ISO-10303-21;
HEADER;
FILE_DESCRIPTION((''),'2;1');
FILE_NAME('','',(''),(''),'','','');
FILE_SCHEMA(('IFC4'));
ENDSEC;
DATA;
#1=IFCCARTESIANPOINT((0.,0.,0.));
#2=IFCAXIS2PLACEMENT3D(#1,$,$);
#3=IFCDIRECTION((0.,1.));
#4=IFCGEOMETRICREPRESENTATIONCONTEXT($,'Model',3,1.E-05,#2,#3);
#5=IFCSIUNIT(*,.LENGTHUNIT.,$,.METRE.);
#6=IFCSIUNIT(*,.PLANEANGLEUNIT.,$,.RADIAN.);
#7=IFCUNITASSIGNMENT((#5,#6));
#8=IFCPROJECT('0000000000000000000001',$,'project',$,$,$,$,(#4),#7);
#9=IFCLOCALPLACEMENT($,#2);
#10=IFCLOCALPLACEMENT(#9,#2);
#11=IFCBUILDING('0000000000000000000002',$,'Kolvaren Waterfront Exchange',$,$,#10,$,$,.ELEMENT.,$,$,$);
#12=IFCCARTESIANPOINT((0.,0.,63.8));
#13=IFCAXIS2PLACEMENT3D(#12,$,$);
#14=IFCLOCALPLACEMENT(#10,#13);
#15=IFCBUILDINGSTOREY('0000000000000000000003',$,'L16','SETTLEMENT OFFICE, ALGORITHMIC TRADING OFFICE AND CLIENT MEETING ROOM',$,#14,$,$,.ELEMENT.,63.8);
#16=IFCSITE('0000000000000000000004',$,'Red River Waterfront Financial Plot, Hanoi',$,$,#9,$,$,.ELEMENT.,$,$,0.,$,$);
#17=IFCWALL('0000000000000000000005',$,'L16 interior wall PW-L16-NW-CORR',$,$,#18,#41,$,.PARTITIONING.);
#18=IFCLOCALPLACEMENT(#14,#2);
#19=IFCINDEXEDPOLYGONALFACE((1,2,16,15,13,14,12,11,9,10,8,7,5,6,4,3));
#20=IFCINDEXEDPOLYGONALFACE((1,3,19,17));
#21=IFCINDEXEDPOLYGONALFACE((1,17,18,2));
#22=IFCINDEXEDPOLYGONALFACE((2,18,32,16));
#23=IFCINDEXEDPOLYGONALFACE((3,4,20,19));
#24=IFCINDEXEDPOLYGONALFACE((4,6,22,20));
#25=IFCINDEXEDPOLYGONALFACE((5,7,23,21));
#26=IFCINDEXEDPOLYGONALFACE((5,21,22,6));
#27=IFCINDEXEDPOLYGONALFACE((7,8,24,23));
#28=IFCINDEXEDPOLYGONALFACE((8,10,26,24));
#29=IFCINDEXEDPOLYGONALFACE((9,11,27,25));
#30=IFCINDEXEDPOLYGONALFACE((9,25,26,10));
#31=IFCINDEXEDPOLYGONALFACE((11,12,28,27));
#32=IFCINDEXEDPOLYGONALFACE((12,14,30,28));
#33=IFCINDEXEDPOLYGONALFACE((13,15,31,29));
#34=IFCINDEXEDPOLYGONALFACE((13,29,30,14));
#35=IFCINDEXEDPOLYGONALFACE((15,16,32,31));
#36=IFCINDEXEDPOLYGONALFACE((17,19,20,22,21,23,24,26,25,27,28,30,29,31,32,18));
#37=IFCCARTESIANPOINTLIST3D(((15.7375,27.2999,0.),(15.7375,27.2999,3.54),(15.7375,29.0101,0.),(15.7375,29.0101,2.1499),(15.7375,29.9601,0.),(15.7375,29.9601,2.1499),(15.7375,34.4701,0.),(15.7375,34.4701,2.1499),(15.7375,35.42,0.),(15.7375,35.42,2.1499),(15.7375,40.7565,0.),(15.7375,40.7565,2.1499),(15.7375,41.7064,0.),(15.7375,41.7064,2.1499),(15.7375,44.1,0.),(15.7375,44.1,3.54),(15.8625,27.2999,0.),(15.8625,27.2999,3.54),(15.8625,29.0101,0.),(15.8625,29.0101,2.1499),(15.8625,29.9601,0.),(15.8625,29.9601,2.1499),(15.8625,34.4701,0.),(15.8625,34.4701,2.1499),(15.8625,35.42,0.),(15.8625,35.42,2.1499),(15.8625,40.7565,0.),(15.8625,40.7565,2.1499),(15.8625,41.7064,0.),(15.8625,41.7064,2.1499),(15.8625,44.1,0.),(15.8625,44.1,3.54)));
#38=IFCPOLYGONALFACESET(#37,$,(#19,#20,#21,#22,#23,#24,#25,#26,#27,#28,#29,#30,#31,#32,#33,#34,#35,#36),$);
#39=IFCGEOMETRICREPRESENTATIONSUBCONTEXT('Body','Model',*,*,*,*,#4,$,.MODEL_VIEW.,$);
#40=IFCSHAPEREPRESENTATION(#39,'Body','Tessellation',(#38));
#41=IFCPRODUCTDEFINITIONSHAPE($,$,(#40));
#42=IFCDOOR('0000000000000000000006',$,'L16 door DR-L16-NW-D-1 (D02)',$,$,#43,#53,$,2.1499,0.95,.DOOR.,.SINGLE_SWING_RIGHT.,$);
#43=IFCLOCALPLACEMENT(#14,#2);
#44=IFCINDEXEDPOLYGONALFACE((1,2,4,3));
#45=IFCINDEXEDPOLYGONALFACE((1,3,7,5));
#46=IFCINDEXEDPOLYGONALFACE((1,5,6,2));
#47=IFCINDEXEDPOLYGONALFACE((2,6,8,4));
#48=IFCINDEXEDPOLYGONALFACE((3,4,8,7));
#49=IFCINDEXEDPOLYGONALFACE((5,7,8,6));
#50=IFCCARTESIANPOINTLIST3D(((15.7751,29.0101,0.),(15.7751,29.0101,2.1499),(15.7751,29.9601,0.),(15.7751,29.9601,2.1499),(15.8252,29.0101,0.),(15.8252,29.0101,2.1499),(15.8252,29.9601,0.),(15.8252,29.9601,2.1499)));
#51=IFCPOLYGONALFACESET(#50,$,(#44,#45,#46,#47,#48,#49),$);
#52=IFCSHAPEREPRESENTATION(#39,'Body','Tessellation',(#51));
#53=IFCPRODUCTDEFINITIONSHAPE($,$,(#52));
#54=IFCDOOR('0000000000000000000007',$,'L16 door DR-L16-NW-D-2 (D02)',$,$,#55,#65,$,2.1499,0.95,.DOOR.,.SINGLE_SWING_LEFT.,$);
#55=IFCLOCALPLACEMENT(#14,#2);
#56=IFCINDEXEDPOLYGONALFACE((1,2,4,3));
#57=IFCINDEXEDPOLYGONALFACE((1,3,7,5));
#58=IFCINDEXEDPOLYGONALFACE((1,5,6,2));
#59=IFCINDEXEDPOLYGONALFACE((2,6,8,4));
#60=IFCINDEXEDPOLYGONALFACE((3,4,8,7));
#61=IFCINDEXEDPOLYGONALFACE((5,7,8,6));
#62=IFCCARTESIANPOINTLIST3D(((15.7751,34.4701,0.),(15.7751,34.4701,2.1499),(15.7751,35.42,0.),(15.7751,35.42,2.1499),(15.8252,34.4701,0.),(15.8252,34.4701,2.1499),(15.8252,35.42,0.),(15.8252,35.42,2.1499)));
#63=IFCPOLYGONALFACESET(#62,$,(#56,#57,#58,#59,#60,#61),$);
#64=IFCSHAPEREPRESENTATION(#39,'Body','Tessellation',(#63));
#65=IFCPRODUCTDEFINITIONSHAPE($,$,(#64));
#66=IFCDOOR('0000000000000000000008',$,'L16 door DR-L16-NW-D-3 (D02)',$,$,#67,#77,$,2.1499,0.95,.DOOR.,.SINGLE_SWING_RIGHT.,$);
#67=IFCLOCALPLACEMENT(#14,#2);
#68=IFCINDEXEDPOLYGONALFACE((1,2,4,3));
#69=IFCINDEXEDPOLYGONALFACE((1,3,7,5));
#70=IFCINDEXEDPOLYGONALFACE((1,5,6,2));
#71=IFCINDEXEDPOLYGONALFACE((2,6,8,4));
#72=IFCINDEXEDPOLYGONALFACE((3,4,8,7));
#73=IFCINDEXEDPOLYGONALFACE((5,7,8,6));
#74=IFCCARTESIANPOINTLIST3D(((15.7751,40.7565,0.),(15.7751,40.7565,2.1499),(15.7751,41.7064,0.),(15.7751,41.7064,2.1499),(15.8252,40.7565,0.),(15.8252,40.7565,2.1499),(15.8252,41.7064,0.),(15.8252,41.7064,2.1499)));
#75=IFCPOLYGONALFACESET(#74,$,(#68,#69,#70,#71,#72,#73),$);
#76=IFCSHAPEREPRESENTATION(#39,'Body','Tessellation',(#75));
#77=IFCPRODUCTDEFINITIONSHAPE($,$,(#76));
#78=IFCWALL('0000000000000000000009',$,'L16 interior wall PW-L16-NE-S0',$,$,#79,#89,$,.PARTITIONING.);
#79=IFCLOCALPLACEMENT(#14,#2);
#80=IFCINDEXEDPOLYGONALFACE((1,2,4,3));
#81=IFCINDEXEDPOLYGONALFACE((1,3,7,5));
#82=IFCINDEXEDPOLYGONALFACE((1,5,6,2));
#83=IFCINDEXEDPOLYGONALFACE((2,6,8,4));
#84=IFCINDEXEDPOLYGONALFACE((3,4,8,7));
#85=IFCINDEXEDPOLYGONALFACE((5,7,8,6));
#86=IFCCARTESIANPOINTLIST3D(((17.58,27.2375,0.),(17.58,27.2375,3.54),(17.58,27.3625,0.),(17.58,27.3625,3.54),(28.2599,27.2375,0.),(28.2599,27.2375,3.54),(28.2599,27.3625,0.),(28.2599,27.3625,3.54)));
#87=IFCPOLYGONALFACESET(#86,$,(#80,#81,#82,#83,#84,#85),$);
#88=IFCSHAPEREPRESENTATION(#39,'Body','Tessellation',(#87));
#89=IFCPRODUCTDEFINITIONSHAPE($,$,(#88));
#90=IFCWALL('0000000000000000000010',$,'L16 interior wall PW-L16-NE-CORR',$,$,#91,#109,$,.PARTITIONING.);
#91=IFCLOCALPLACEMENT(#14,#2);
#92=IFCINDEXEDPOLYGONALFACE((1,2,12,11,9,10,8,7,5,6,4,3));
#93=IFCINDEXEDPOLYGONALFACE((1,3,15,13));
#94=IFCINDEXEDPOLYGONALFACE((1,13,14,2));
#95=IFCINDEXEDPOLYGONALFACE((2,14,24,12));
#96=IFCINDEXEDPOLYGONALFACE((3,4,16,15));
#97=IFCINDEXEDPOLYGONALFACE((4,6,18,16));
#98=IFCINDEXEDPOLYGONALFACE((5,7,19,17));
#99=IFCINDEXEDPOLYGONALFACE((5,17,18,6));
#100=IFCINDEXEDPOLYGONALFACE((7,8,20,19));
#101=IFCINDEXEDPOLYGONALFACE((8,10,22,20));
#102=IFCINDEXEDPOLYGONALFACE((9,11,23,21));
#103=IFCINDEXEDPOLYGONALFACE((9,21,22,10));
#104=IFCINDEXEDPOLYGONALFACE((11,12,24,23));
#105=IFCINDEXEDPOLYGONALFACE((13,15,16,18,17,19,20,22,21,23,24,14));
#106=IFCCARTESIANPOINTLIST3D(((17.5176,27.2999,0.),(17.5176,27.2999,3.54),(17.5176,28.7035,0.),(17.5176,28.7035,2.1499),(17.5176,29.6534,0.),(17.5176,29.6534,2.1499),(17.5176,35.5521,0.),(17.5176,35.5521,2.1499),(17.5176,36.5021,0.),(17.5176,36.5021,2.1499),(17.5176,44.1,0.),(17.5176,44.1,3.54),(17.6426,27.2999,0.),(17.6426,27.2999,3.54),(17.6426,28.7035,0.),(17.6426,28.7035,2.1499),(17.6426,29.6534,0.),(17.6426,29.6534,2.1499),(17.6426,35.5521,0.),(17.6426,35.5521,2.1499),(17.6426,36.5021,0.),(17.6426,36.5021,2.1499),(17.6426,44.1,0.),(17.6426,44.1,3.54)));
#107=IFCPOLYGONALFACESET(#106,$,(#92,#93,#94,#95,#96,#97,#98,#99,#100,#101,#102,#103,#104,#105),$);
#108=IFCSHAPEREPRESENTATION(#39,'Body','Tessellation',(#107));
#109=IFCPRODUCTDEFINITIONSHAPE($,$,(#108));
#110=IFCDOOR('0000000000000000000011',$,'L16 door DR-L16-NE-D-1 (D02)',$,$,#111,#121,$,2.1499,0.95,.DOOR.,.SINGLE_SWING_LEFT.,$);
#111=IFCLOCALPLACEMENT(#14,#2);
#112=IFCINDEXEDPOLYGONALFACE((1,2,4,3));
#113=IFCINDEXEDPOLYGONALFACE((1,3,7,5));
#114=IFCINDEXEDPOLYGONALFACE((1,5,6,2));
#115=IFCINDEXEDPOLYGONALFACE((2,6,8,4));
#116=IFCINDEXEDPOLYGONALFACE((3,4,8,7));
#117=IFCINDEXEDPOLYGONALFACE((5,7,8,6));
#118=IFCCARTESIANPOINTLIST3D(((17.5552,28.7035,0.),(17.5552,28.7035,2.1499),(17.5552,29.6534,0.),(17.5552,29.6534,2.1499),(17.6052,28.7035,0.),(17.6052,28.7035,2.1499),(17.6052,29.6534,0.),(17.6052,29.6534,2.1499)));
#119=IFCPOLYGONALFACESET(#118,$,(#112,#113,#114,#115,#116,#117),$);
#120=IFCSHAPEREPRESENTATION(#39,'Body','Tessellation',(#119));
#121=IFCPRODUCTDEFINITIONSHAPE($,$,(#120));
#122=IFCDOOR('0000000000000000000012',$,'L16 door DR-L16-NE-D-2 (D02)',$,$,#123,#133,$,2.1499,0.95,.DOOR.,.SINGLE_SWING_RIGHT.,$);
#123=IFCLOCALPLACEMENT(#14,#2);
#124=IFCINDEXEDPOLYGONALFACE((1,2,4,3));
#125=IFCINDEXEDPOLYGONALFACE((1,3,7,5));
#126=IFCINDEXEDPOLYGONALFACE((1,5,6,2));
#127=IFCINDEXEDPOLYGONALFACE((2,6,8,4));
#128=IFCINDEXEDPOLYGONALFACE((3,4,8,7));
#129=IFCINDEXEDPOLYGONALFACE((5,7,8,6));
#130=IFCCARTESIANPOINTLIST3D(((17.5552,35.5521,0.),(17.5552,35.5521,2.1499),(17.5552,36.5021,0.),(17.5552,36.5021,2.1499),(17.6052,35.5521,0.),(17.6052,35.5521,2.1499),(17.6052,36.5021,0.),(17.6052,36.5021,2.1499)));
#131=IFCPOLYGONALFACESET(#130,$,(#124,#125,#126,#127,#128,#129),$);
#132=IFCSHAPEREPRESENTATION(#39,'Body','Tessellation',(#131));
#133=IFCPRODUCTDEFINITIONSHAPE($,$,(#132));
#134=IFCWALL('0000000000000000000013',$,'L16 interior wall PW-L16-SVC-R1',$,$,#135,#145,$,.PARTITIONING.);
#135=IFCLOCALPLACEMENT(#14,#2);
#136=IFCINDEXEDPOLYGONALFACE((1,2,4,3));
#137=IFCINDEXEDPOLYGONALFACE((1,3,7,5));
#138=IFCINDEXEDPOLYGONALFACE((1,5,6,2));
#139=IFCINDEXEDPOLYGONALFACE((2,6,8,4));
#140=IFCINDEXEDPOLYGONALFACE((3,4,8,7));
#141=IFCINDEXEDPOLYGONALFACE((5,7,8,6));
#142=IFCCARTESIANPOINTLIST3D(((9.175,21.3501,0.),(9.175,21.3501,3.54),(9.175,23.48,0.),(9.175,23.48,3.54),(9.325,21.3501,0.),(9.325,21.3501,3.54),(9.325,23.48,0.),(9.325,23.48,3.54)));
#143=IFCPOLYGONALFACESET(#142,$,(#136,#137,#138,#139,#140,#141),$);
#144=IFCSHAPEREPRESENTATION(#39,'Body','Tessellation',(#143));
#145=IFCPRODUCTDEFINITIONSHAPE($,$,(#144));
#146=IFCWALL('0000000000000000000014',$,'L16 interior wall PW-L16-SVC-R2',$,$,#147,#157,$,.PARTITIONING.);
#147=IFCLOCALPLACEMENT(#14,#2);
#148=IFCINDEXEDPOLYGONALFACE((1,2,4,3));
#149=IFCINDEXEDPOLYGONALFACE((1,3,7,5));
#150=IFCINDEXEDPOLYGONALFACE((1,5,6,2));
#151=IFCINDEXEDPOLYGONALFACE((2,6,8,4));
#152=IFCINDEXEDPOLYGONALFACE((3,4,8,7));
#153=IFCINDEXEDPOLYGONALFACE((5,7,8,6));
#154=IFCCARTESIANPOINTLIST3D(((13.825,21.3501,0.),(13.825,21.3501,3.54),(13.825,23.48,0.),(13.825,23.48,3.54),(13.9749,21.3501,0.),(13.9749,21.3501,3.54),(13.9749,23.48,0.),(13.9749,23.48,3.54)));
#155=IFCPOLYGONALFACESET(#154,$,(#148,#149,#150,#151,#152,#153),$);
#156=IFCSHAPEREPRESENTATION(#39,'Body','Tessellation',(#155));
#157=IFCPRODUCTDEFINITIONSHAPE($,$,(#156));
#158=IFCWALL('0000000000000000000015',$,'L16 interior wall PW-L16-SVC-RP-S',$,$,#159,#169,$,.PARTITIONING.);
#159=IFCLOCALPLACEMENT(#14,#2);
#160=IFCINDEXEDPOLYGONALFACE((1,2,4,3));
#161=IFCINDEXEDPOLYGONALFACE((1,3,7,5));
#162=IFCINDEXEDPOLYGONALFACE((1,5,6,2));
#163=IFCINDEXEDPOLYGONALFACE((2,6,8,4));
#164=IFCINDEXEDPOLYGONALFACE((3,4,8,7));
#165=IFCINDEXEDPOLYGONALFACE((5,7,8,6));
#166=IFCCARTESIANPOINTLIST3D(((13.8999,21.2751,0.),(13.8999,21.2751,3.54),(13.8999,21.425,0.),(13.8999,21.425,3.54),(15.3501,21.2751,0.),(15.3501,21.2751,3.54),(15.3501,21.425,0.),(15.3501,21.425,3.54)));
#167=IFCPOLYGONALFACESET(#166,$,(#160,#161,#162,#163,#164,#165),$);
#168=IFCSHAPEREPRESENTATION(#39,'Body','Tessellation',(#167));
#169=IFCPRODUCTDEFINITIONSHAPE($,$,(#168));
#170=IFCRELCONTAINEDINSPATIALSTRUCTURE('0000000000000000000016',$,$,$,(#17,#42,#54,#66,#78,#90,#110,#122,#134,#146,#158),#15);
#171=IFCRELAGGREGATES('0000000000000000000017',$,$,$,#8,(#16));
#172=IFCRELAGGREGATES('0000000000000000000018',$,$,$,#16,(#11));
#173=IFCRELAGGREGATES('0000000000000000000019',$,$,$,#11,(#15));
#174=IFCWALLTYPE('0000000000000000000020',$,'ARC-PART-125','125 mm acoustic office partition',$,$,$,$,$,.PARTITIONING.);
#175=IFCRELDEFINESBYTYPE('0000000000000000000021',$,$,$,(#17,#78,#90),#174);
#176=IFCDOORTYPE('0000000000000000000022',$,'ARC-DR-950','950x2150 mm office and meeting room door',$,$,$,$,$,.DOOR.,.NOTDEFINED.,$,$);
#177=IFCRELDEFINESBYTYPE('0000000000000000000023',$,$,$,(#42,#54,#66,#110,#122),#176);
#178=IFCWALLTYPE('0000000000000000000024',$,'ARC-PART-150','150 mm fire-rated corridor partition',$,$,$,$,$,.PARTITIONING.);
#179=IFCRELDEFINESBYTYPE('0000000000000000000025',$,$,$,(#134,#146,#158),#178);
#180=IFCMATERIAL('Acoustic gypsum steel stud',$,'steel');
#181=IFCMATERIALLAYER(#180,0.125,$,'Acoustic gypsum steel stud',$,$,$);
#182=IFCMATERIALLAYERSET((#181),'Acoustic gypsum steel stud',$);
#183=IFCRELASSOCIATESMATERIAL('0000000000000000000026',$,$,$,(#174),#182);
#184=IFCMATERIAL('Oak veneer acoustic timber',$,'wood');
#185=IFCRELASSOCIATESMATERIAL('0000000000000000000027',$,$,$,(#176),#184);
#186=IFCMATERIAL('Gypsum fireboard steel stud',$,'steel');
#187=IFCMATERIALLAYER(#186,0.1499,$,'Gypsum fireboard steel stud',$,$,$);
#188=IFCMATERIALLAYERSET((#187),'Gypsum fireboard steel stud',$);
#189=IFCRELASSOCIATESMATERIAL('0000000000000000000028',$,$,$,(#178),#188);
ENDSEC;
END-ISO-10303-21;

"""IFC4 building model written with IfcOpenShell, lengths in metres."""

from ifc_helpers import new_model, si_unit, direction, frame, frame_2d, origin, place, context, subcontext, project, spatial, rectangle, extrude, material, layer, layer_set, type_object, element, fill, save


model = new_model("IFC4")

# Units and contexts
model_context = context("Model", 3, precision=1e-05, world=origin(), true_north=direction((0.0, 1.0)))
body_context = subcontext(model_context, "Body", "Model", "MODEL_VIEW")
ifc_project = project(units=[si_unit("LENGTHUNIT", "METRE"), si_unit("PLANEANGLEUNIT", "RADIAN")], contexts=[model_context])

# Site, building, storey
site_placement = place(None, origin())
site = spatial("IfcSite", under=ifc_project, at=site_placement, Name="Red River Waterfront Financial Plot, Hanoi", CompositionType="ELEMENT", RefElevation=0.0)
building_placement = place(site_placement, origin())
building = spatial("IfcBuilding", under=site, at=building_placement, Name="Kolvaren Waterfront Exchange", CompositionType="ELEMENT")
storey_placement = place(building_placement, frame((0.0, 0.0, 63.8)))
storey = spatial("IfcBuildingStorey", under=building, at=storey_placement, Name="L16", Description="SETTLEMENT OFFICE, ALGORITHMIC TRADING OFFICE AND CLIENT MEETING ROOM", CompositionType="ELEMENT", Elevation=63.8)

# Shared definitions
ifc_material_1 = material(Name="Acoustic gypsum steel stud", Category="steel")
ifc_layer_1 = layer(ifc_material_1, 0.125, Name="Acoustic gypsum steel stud")
ifc_layer_set_1 = layer_set([ifc_layer_1], Name="Acoustic gypsum steel stud")
wall_type_1 = type_object("IfcWallType", Name="ARC-PART-125", Description="125 mm acoustic office partition", PredefinedType="PARTITIONING", material=ifc_layer_set_1)
ifc_material_2 = material(Name="Oak veneer acoustic timber", Category="wood")
door_type_1 = type_object("IfcDoorType", Name="ARC-DR-950", Description="950x2150 mm office and meeting room door", OperationType="NOTDEFINED", PredefinedType="DOOR", material=ifc_material_2)

# Wall, openings, doors
wall_1_placement = place(storey_placement, frame((15.8, 27.3, 0.0), z_axis=(0.0, 0.0, 1.0), x_axis=(0.0, 1.0, 0.0)))
wall_1 = element("IfcWall", 1, at=wall_1_placement, inside=storey, type_object=wall_type_1, Name="L16 interior wall PW-L16-NW-CORR", PredefinedType="PARTITIONING", context=body_context, shape_type="SweptSolid", body=[
    extrude(rectangle(XDim=16.8, YDim=0.125, at=frame_2d((8.3999, 0.0))), origin(), (0.0, 0.0, 1.0), 3.54),
])
opening_1_placement = place(wall_1_placement, frame((1.71, 0.0, 0.0)))
opening_1 = element("IfcOpeningElement", 2, at=opening_1_placement, cuts=wall_1, PredefinedType="OPENING", context=body_context, shape_type="SweptSolid", body=[
    extrude(rectangle(XDim=0.95, YDim=2.1499, at=frame_2d((0.4751, 1.075))), frame((0.0, 0.0725, 0.0), z_axis=(0.0, -1.0, 0.0), x_axis=(1.0, 0.0, 0.0)), (0.0, 0.0, 1.0), 0.145),
])
opening_2_placement = place(wall_1_placement, frame((7.1699, 0.0, 0.0)))
opening_2 = element("IfcOpeningElement", 3, at=opening_2_placement, cuts=wall_1, PredefinedType="OPENING", context=body_context, shape_type="SweptSolid", body=[
    extrude(rectangle(XDim=0.95, YDim=2.1499, at=frame_2d((0.4751, 1.075))), frame((0.0, 0.0725, 0.0), z_axis=(0.0, -1.0, 0.0), x_axis=(1.0, 0.0, 0.0)), (0.0, 0.0, 1.0), 0.145),
])
opening_3_placement = place(wall_1_placement, frame((13.4563, 0.0, 0.0)))
opening_3 = element("IfcOpeningElement", 4, at=opening_3_placement, cuts=wall_1, PredefinedType="OPENING", context=body_context, shape_type="SweptSolid", body=[
    extrude(rectangle(XDim=0.95, YDim=2.1499, at=frame_2d((0.4751, 1.075))), frame((0.0, 0.0725, 0.0), z_axis=(0.0, -1.0, 0.0), x_axis=(1.0, 0.0, 0.0)), (0.0, 0.0, 1.0), 0.145),
])
door_1_placement = place(opening_1_placement, origin())
door_1 = element("IfcDoor", 5, at=door_1_placement, inside=storey, type_object=door_type_1, Name="L16 door DR-L16-NW-D-1 (D02)", OperationType="SINGLE_SWING_RIGHT", OverallHeight=2.1499, OverallWidth=0.95, PredefinedType="DOOR", context=body_context, shape_type="SweptSolid", body=[
    extrude(rectangle(XDim=0.95, YDim=2.1499, at=frame_2d((0.4751, 1.075))), frame((0.0, 0.0249, 0.0), z_axis=(0.0, -1.0, 0.0), x_axis=(1.0, 0.0, 0.0)), (0.0, 0.0, 1.0), 0.05),
])
fill(opening_1, door_1)
door_2_placement = place(opening_2_placement, origin())
door_2 = element("IfcDoor", 6, at=door_2_placement, inside=storey, type_object=door_type_1, Name="L16 door DR-L16-NW-D-2 (D02)", OperationType="SINGLE_SWING_LEFT", OverallHeight=2.1499, OverallWidth=0.95, PredefinedType="DOOR", context=body_context, shape_type="SweptSolid", body=[
    extrude(rectangle(XDim=0.95, YDim=2.1499, at=frame_2d((0.4751, 1.075))), frame((0.0, 0.0249, 0.0), z_axis=(0.0, -1.0, 0.0), x_axis=(1.0, 0.0, 0.0)), (0.0, 0.0, 1.0), 0.05),
])
fill(opening_2, door_2)
door_3_placement = place(opening_3_placement, origin())
door_3 = element("IfcDoor", 7, at=door_3_placement, inside=storey, type_object=door_type_1, Name="L16 door DR-L16-NW-D-3 (D02)", OperationType="SINGLE_SWING_RIGHT", OverallHeight=2.1499, OverallWidth=0.95, PredefinedType="DOOR", context=body_context, shape_type="SweptSolid", body=[
    extrude(rectangle(XDim=0.95, YDim=2.1499, at=frame_2d((0.4751, 1.075))), frame((0.0, 0.0249, 0.0), z_axis=(0.0, -1.0, 0.0), x_axis=(1.0, 0.0, 0.0)), (0.0, 0.0, 1.0), 0.05),
])
fill(opening_3, door_3)

# Wall
wall_2_placement = place(storey_placement, frame((17.5801, 27.3, 0.0), z_axis=(0.0, 0.0, 1.0), x_axis=(1.0, 0.0, 0.0)))
element("IfcWall", 8, at=wall_2_placement, inside=storey, type_object=wall_type_1, Name="L16 interior wall PW-L16-NE-S0", PredefinedType="PARTITIONING", context=body_context, shape_type="SweptSolid", body=[
    extrude(rectangle(XDim=10.6799, YDim=0.125, at=frame_2d((5.3398, 0.0))), origin(), (0.0, 0.0, 1.0), 3.54),
])

# Wall, openings, doors
wall_3_placement = place(storey_placement, frame((17.5801, 27.3, 0.0), z_axis=(0.0, 0.0, 1.0), x_axis=(0.0, 1.0, 0.0)))
wall_3 = element("IfcWall", 9, at=wall_3_placement, inside=storey, type_object=wall_type_1, Name="L16 interior wall PW-L16-NE-CORR", PredefinedType="PARTITIONING", context=body_context, shape_type="SweptSolid", body=[
    extrude(rectangle(XDim=16.8, YDim=0.125, at=frame_2d((8.3999, 0.0))), origin(), (0.0, 0.0, 1.0), 3.54),
])
opening_4_placement = place(wall_3_placement, frame((1.4033, 0.0, 0.0)))
opening_4 = element("IfcOpeningElement", 10, at=opening_4_placement, cuts=wall_3, PredefinedType="OPENING", context=body_context, shape_type="SweptSolid", body=[
    extrude(rectangle(XDim=0.95, YDim=2.1499, at=frame_2d((0.4751, 1.075))), frame((0.0, 0.0725, 0.0), z_axis=(0.0, -1.0, 0.0), x_axis=(1.0, 0.0, 0.0)), (0.0, 0.0, 1.0), 0.145),
])
opening_5_placement = place(wall_3_placement, frame((8.252, 0.0, 0.0)))
opening_5 = element("IfcOpeningElement", 11, at=opening_5_placement, cuts=wall_3, PredefinedType="OPENING", context=body_context, shape_type="SweptSolid", body=[
    extrude(rectangle(XDim=0.95, YDim=2.1499, at=frame_2d((0.4751, 1.075))), frame((0.0, 0.0725, 0.0), z_axis=(0.0, -1.0, 0.0), x_axis=(1.0, 0.0, 0.0)), (0.0, 0.0, 1.0), 0.145),
])
door_4_placement = place(opening_4_placement, origin())
door_4 = element("IfcDoor", 12, at=door_4_placement, inside=storey, type_object=door_type_1, Name="L16 door DR-L16-NE-D-1 (D02)", OperationType="SINGLE_SWING_LEFT", OverallHeight=2.1499, OverallWidth=0.95, PredefinedType="DOOR", context=body_context, shape_type="SweptSolid", body=[
    extrude(rectangle(XDim=0.95, YDim=2.1499, at=frame_2d((0.4751, 1.075))), frame((0.0, 0.0249, 0.0), z_axis=(0.0, -1.0, 0.0), x_axis=(1.0, 0.0, 0.0)), (0.0, 0.0, 1.0), 0.05),
])
fill(opening_4, door_4)
door_5_placement = place(opening_5_placement, origin())
door_5 = element("IfcDoor", 13, at=door_5_placement, inside=storey, type_object=door_type_1, Name="L16 door DR-L16-NE-D-2 (D02)", OperationType="SINGLE_SWING_RIGHT", OverallHeight=2.1499, OverallWidth=0.95, PredefinedType="DOOR", context=body_context, shape_type="SweptSolid", body=[
    extrude(rectangle(XDim=0.95, YDim=2.1499, at=frame_2d((0.4751, 1.075))), frame((0.0, 0.0249, 0.0), z_axis=(0.0, -1.0, 0.0), x_axis=(1.0, 0.0, 0.0)), (0.0, 0.0, 1.0), 0.05),
])
fill(opening_5, door_5)

# Walls
ifc_material_3 = material(Name="Gypsum fireboard steel stud", Category="steel")
ifc_layer_2 = layer(ifc_material_3, 0.1499, Name="Gypsum fireboard steel stud")
ifc_layer_set_2 = layer_set([ifc_layer_2], Name="Gypsum fireboard steel stud")
wall_type_2 = type_object("IfcWallType", Name="ARC-PART-150", Description="150 mm fire-rated corridor partition", PredefinedType="PARTITIONING", material=ifc_layer_set_2)
for number, where, z_axis, x_axis, name in (
    (14, (9.25, 21.3501, 0.0), (0.0, 0.0, 1.0), (0.0, 1.0, 0.0), "L16 interior wall PW-L16-SVC-R1"),
    (15, (13.8999, 21.3501, 0.0), (0.0, 0.0, 1.0), (0.0, 1.0, 0.0), "L16 interior wall PW-L16-SVC-R2"),
):
    element("IfcWall", number, at=place(storey_placement, frame(where, z_axis=z_axis, x_axis=x_axis)), inside=storey, type_object=wall_type_2, Name=name, PredefinedType="PARTITIONING", context=body_context, shape_type="SweptSolid", body=[
        extrude(rectangle(XDim=2.1299, YDim=0.1499, at=frame_2d((1.0649, 0.0))), origin(), (0.0, 0.0, 1.0), 3.54),
    ])

# Wall
wall_4_placement = place(storey_placement, frame((13.8999, 21.3501, 0.0), z_axis=(0.0, 0.0, 1.0), x_axis=(1.0, 0.0, 0.0)))
element("IfcWall", 16, at=wall_4_placement, inside=storey, type_object=wall_type_2, Name="L16 interior wall PW-L16-SVC-RP-S", PredefinedType="PARTITIONING", context=body_context, shape_type="SweptSolid", body=[
    extrude(rectangle(XDim=1.4502, YDim=0.1499, at=frame_2d((0.7251, 0.0))), origin(), (0.0, 0.0, 1.0), 3.54),
])

save(model, "model.ifc")
